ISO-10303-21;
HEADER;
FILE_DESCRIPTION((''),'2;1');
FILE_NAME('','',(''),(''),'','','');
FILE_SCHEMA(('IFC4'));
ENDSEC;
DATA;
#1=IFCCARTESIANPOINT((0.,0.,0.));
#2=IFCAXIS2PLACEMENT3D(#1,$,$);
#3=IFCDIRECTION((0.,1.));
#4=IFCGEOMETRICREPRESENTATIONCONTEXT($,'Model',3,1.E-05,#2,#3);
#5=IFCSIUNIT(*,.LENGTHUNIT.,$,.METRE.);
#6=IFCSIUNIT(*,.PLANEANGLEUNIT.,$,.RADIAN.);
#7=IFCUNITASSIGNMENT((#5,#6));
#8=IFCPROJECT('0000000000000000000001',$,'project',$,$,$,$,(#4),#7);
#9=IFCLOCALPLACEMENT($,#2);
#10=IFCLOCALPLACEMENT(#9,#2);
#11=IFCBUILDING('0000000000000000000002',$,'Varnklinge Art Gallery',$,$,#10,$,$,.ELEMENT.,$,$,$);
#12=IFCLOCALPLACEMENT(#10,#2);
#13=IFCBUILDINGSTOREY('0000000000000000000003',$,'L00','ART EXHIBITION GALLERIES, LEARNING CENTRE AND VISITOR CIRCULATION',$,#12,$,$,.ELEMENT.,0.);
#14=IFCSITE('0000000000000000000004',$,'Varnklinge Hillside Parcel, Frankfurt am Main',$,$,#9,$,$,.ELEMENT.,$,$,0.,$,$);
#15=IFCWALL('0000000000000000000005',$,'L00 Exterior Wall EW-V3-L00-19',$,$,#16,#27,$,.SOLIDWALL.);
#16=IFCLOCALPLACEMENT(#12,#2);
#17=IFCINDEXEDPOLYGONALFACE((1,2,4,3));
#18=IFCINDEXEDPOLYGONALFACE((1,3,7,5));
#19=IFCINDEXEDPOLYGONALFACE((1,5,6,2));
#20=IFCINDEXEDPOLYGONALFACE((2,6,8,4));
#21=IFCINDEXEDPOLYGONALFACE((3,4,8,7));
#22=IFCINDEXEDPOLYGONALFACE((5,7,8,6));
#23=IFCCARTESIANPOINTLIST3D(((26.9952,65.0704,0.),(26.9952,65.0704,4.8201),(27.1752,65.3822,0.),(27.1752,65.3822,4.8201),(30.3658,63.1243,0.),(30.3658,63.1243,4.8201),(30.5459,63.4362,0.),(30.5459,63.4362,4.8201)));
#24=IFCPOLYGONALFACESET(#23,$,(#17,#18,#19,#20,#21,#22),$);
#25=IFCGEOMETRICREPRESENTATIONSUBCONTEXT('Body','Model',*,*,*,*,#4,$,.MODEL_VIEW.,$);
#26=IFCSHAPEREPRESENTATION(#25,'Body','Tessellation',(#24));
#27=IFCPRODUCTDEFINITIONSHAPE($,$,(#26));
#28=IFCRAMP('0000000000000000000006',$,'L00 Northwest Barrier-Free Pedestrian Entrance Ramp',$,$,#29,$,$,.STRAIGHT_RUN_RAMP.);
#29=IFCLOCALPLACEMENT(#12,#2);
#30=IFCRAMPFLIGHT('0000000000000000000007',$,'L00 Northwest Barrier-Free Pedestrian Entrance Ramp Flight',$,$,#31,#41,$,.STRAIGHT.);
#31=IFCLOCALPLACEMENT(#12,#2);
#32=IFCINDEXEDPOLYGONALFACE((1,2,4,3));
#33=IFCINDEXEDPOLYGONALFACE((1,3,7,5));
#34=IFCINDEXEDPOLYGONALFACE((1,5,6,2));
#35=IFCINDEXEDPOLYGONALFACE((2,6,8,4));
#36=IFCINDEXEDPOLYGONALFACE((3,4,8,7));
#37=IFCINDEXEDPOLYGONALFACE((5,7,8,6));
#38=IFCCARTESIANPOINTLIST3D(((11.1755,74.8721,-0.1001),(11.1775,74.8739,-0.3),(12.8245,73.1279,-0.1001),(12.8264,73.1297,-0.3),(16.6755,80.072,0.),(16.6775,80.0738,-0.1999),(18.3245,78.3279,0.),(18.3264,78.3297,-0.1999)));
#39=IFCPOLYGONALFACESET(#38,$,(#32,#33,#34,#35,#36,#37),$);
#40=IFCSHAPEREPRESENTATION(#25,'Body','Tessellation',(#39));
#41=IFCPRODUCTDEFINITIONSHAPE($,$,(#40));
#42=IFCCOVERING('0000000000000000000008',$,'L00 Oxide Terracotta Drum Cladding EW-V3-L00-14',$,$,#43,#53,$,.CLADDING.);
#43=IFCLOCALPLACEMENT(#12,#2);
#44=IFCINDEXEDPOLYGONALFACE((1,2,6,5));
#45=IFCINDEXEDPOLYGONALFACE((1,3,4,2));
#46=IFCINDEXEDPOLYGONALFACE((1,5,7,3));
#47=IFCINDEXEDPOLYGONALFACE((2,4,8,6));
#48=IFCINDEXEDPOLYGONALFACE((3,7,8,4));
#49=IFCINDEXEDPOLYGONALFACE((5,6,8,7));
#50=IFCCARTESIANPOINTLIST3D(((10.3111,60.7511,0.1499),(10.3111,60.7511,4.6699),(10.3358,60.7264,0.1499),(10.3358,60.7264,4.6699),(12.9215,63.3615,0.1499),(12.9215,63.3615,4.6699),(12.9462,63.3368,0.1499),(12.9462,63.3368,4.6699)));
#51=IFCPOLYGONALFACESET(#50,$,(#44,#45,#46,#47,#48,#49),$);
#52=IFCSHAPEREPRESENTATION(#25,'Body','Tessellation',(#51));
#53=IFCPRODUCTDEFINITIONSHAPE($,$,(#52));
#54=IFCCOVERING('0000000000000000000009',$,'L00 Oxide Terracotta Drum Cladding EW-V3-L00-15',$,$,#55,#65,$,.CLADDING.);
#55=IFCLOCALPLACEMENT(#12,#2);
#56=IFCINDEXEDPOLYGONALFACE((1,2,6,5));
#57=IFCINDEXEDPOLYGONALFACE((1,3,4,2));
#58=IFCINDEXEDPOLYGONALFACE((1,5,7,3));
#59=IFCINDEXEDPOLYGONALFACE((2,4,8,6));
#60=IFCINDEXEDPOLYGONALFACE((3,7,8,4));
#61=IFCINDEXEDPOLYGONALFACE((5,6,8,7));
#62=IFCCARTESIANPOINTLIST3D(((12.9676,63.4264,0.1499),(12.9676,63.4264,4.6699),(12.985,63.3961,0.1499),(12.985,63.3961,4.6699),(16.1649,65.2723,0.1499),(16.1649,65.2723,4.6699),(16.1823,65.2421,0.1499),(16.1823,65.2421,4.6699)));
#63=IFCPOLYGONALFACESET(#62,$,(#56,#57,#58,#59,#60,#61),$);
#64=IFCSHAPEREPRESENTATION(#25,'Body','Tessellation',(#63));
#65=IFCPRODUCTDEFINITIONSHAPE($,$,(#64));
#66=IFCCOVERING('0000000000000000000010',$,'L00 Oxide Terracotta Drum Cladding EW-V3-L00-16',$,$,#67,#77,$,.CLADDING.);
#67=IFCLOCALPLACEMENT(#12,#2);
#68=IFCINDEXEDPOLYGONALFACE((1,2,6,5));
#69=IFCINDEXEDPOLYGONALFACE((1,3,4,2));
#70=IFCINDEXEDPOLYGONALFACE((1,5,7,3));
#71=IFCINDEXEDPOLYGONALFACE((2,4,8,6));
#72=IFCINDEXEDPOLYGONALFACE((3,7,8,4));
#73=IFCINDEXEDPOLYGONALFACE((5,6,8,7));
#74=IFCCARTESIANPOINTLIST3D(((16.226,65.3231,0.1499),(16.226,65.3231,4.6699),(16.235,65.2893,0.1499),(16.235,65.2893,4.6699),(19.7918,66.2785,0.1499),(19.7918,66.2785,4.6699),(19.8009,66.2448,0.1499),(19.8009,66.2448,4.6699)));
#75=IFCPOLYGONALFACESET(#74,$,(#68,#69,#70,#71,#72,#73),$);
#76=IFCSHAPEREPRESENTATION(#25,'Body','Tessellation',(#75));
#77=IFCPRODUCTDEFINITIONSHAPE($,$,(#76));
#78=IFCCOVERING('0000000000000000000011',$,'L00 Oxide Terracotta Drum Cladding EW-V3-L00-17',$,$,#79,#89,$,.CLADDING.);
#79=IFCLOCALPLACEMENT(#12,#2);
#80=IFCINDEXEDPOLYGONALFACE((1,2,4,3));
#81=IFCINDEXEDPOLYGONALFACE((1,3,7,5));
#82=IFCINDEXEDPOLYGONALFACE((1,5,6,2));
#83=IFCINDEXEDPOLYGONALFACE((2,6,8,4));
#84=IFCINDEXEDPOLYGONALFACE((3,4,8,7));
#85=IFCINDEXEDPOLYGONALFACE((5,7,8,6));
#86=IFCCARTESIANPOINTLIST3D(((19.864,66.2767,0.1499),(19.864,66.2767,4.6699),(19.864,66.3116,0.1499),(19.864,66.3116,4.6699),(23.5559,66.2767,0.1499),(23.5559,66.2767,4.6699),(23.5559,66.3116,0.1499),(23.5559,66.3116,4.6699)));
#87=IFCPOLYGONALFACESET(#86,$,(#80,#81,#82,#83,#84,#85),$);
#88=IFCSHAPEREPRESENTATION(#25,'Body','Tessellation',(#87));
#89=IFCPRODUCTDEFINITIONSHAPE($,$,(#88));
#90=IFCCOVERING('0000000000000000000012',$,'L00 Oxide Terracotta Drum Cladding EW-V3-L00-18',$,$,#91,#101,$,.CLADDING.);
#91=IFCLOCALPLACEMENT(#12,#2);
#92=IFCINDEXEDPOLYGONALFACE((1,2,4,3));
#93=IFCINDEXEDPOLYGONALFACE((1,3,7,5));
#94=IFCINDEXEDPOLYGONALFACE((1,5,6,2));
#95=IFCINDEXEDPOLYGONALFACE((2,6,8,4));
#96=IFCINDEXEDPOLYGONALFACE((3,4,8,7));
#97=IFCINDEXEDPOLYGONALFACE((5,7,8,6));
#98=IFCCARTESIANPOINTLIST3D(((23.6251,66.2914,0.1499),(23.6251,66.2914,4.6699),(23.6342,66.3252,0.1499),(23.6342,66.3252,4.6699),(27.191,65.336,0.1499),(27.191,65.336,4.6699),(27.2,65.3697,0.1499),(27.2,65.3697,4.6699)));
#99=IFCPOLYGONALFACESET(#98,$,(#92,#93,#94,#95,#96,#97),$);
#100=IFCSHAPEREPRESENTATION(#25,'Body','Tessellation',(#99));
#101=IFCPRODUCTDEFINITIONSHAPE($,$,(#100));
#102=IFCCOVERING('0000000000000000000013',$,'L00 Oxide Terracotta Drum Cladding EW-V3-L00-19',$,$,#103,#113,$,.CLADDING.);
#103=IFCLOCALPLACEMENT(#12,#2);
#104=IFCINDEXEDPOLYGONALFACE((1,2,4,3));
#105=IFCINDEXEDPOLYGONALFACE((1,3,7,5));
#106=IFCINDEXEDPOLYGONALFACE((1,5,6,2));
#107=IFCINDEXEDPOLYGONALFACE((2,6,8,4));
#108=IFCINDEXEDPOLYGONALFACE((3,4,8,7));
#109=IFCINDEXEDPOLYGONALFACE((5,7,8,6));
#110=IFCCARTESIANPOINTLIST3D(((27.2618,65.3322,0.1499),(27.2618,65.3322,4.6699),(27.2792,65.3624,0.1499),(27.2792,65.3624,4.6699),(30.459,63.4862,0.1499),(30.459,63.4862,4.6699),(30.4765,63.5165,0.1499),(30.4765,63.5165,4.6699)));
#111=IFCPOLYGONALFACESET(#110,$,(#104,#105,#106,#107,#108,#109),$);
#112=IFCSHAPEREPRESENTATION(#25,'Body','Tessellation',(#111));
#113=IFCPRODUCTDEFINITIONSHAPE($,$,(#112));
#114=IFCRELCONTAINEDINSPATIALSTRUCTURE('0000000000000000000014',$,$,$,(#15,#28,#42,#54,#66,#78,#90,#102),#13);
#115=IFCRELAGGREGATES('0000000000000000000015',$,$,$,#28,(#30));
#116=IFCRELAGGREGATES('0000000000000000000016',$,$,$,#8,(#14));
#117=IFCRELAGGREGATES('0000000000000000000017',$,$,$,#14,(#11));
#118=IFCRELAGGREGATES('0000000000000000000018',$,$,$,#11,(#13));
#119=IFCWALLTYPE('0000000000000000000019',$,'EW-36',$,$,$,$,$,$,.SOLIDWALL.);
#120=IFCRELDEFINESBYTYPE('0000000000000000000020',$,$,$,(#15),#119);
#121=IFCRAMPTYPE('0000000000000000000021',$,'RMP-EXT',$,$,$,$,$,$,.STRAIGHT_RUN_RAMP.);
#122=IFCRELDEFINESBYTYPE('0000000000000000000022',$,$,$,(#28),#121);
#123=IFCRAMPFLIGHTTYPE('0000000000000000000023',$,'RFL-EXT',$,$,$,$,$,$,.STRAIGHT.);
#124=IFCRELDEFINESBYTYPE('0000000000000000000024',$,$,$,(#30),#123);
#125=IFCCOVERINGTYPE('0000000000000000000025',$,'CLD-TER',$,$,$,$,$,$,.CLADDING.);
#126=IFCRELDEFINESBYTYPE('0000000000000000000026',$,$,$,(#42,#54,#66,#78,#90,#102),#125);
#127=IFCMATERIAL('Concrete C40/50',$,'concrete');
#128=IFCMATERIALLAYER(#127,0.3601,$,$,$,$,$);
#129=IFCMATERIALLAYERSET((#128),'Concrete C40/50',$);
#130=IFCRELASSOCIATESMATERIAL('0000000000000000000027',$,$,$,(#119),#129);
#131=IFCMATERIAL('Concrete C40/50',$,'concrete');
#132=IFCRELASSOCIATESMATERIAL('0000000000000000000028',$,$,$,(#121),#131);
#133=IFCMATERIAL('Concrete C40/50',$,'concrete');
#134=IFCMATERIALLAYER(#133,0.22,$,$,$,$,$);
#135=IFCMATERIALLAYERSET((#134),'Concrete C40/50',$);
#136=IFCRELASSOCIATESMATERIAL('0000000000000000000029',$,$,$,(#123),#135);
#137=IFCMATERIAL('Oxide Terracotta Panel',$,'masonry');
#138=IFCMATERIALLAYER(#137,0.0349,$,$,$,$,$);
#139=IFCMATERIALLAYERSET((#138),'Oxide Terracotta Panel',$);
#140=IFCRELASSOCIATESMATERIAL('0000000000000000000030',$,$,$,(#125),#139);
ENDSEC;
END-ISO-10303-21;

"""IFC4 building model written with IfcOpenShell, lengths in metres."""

from ifc_helpers import new_model, si_unit, direction, frame, frame_2d, origin, origin_2d, place, context, subcontext, project, spatial, polyline, rectangle, outline, extrude, material, layer, layer_set, type_object, element, aggregate, save


model = new_model("IFC4")

# Units and contexts
model_context = context("Model", 3, precision=1e-05, world=origin(), true_north=direction((0.0, 1.0)))
body_context = subcontext(model_context, "Body", "Model", "MODEL_VIEW")
ifc_project = project(units=[si_unit("LENGTHUNIT", "METRE"), si_unit("PLANEANGLEUNIT", "RADIAN")], contexts=[model_context])

# Site, building, storey
site_placement = place(None, origin())
site = spatial("IfcSite", under=ifc_project, at=site_placement, Name="Varnklinge Hillside Parcel, Frankfurt am Main", CompositionType="ELEMENT", RefElevation=0.0)
building_placement = place(site_placement, origin())
building = spatial("IfcBuilding", under=site, at=building_placement, Name="Varnklinge Art Gallery", CompositionType="ELEMENT")
storey_placement = place(building_placement, origin())
storey = spatial("IfcBuildingStorey", under=building, at=storey_placement, Name="L00", Description="ART EXHIBITION GALLERIES, LEARNING CENTRE AND VISITOR CIRCULATION", CompositionType="ELEMENT", Elevation=0.0)

# Wall
ifc_material_1 = material(Name="Concrete C40/50", Category="concrete")
ifc_layer_1 = layer(ifc_material_1, 0.3601)
ifc_layer_set_1 = layer_set([ifc_layer_1], Name="Concrete C40/50")
wall_type = type_object("IfcWallType", Name="EW-36", PredefinedType="SOLIDWALL", material=ifc_layer_set_1)
wall_1_placement = place(storey_placement, frame((27.0852, 65.2263, 0.0), z_axis=(0.0, 0.0, 1.0), x_axis=(0.866023, -0.500005, 0.0)))
element("IfcWall", 1, at=wall_1_placement, inside=storey, type_object=wall_type, Name="L00 Exterior Wall EW-V3-L00-19", PredefinedType="SOLIDWALL", context=body_context, shape_type="SweptSolid", body=[
    extrude(rectangle(XDim=3.8921, YDim=0.3601, at=frame_2d((1.946, 0.0))), origin(), (0.0, 0.0, 1.0), 4.8201),
])

# Ramp, ramp flight
ifc_material_2 = material(Name="Concrete C40/50", Category="concrete")
ramp_type = type_object("IfcRampType", Name="RMP-EXT", PredefinedType="STRAIGHT_RUN_RAMP", material=ifc_material_2)
ramp_placement = place(storey_placement, origin())
ramp = element("IfcRamp", 2, at=ramp_placement, inside=storey, type_object=ramp_type, Name="L00 Northwest Barrier-Free Pedestrian Entrance Ramp", PredefinedType="STRAIGHT_RUN_RAMP")
ifc_material_3 = material(Name="Concrete C40/50", Category="concrete")
ifc_layer_2 = layer(ifc_material_3, 0.22)
ifc_layer_set_2 = layer_set([ifc_layer_2], Name="Concrete C40/50")
ramp_flight_type = type_object("IfcRampFlightType", Name="RFL-EXT", PredefinedType="STRAIGHT", material=ifc_layer_set_2)
ramp_flight_placement = place(storey_placement, frame((12.8245, 73.1279, -0.1001), z_axis=(-0.009609, -0.009085, 0.999913), x_axis=(0.726586, 0.686948, 0.013224)))
ramp_flight = element("IfcRampFlight", 3, at=ramp_flight_placement, type_object=ramp_flight_type, Name="L00 Northwest Barrier-Free Pedestrian Entrance Ramp Flight", PredefinedType="STRAIGHT", context=body_context, shape_type="SweptSolid", body=[
    extrude(outline(polyline([(0.0, 0.0), (7.5696, 0.0), (7.5697, 2.4002), (0.0, 2.4002), (0.0, 0.0)])), origin(), (0.0, 0.0, -1.0), 0.2),
])
aggregate(ramp, [ramp_flight])

# Coverings
ifc_material_4 = material(Name="Oxide Terracotta Panel", Category="masonry")
ifc_layer_3 = layer(ifc_material_4, 0.0349)
ifc_layer_set_3 = layer_set([ifc_layer_3], Name="Oxide Terracotta Panel")
covering_type = type_object("IfcCoveringType", Name="CLD-TER", PredefinedType="CLADDING", material=ifc_layer_set_3)
covering_1_placement = place(storey_placement, frame((11.6287, 62.0439, 0.1499), z_axis=(0.0, 0.0, 1.0), x_axis=(0.707107, 0.707107, 0.0)))
element("IfcCovering", 4, at=covering_1_placement, inside=storey, type_object=covering_type, Name="L00 Oxide Terracotta Drum Cladding EW-V3-L00-14", PredefinedType="CLADDING", context=body_context, shape_type="SweptSolid", body=[
    extrude(rectangle(XDim=3.6917, YDim=0.0349, at=origin_2d()), origin(), (0.0, 0.0, 1.0), 4.52),
])
covering_2_placement = place(storey_placement, frame((14.575, 64.3342, 0.1499), z_axis=(0.0, 0.0, 1.0), x_axis=(0.866025, 0.5, 0.0)))
element("IfcCovering", 5, at=covering_2_placement, inside=storey, type_object=covering_type, Name="L00 Oxide Terracotta Drum Cladding EW-V3-L00-15", PredefinedType="CLADDING", context=body_context, shape_type="SweptSolid", body=[
    extrude(rectangle(XDim=3.6919, YDim=0.0349, at=origin_2d()), origin(), (0.0, 0.0, 1.0), 4.52),
])
covering_3_placement = place(storey_placement, frame((18.0134, 65.7839, 0.1499), z_axis=(0.0, 0.0, 1.0), x_axis=(0.965926, 0.258819, 0.0)))
element("IfcCovering", 6, at=covering_3_placement, inside=storey, type_object=covering_type, Name="L00 Oxide Terracotta Drum Cladding EW-V3-L00-16", PredefinedType="CLADDING", context=body_context, shape_type="SweptSolid", body=[
    extrude(rectangle(XDim=3.6917, YDim=0.0349, at=origin_2d()), origin(), (0.0, 0.0, 1.0), 4.52),
])
covering_4_placement = place(storey_placement, frame((21.71, 66.2942, 0.1499), z_axis=(0.0, 0.0, 1.0), x_axis=(1.0, 0.0, 0.0)))
element("IfcCovering", 7, at=covering_4_placement, inside=storey, type_object=covering_type, Name="L00 Oxide Terracotta Drum Cladding EW-V3-L00-17", PredefinedType="CLADDING", context=body_context, shape_type="SweptSolid", body=[
    extrude(rectangle(XDim=3.6919, YDim=0.0349, at=origin_2d()), origin(), (0.0, 0.0, 1.0), 4.52),
])
covering_5_placement = place(storey_placement, frame((25.4126, 65.8306, 0.1499), z_axis=(0.0, 0.0, 1.0), x_axis=(0.965926, -0.258819, 0.0)))
element("IfcCovering", 8, at=covering_5_placement, inside=storey, type_object=covering_type, Name="L00 Oxide Terracotta Drum Cladding EW-V3-L00-18", PredefinedType="CLADDING", context=body_context, shape_type="SweptSolid", body=[
    extrude(rectangle(XDim=3.6917, YDim=0.0349, at=origin_2d()), origin(), (0.0, 0.0, 1.0), 4.52),
])
covering_6_placement = place(storey_placement, frame((28.8691, 64.4243, 0.1499), z_axis=(0.0, 0.0, 1.0), x_axis=(0.866025, -0.5, 0.0)))
element("IfcCovering", 9, at=covering_6_placement, inside=storey, type_object=covering_type, Name="L00 Oxide Terracotta Drum Cladding EW-V3-L00-19", PredefinedType="CLADDING", context=body_context, shape_type="SweptSolid", body=[
    extrude(rectangle(XDim=3.6919, YDim=0.0349, at=origin_2d()), origin(), (0.0, 0.0, 1.0), 4.52),
])

save(model, "model.ifc")
